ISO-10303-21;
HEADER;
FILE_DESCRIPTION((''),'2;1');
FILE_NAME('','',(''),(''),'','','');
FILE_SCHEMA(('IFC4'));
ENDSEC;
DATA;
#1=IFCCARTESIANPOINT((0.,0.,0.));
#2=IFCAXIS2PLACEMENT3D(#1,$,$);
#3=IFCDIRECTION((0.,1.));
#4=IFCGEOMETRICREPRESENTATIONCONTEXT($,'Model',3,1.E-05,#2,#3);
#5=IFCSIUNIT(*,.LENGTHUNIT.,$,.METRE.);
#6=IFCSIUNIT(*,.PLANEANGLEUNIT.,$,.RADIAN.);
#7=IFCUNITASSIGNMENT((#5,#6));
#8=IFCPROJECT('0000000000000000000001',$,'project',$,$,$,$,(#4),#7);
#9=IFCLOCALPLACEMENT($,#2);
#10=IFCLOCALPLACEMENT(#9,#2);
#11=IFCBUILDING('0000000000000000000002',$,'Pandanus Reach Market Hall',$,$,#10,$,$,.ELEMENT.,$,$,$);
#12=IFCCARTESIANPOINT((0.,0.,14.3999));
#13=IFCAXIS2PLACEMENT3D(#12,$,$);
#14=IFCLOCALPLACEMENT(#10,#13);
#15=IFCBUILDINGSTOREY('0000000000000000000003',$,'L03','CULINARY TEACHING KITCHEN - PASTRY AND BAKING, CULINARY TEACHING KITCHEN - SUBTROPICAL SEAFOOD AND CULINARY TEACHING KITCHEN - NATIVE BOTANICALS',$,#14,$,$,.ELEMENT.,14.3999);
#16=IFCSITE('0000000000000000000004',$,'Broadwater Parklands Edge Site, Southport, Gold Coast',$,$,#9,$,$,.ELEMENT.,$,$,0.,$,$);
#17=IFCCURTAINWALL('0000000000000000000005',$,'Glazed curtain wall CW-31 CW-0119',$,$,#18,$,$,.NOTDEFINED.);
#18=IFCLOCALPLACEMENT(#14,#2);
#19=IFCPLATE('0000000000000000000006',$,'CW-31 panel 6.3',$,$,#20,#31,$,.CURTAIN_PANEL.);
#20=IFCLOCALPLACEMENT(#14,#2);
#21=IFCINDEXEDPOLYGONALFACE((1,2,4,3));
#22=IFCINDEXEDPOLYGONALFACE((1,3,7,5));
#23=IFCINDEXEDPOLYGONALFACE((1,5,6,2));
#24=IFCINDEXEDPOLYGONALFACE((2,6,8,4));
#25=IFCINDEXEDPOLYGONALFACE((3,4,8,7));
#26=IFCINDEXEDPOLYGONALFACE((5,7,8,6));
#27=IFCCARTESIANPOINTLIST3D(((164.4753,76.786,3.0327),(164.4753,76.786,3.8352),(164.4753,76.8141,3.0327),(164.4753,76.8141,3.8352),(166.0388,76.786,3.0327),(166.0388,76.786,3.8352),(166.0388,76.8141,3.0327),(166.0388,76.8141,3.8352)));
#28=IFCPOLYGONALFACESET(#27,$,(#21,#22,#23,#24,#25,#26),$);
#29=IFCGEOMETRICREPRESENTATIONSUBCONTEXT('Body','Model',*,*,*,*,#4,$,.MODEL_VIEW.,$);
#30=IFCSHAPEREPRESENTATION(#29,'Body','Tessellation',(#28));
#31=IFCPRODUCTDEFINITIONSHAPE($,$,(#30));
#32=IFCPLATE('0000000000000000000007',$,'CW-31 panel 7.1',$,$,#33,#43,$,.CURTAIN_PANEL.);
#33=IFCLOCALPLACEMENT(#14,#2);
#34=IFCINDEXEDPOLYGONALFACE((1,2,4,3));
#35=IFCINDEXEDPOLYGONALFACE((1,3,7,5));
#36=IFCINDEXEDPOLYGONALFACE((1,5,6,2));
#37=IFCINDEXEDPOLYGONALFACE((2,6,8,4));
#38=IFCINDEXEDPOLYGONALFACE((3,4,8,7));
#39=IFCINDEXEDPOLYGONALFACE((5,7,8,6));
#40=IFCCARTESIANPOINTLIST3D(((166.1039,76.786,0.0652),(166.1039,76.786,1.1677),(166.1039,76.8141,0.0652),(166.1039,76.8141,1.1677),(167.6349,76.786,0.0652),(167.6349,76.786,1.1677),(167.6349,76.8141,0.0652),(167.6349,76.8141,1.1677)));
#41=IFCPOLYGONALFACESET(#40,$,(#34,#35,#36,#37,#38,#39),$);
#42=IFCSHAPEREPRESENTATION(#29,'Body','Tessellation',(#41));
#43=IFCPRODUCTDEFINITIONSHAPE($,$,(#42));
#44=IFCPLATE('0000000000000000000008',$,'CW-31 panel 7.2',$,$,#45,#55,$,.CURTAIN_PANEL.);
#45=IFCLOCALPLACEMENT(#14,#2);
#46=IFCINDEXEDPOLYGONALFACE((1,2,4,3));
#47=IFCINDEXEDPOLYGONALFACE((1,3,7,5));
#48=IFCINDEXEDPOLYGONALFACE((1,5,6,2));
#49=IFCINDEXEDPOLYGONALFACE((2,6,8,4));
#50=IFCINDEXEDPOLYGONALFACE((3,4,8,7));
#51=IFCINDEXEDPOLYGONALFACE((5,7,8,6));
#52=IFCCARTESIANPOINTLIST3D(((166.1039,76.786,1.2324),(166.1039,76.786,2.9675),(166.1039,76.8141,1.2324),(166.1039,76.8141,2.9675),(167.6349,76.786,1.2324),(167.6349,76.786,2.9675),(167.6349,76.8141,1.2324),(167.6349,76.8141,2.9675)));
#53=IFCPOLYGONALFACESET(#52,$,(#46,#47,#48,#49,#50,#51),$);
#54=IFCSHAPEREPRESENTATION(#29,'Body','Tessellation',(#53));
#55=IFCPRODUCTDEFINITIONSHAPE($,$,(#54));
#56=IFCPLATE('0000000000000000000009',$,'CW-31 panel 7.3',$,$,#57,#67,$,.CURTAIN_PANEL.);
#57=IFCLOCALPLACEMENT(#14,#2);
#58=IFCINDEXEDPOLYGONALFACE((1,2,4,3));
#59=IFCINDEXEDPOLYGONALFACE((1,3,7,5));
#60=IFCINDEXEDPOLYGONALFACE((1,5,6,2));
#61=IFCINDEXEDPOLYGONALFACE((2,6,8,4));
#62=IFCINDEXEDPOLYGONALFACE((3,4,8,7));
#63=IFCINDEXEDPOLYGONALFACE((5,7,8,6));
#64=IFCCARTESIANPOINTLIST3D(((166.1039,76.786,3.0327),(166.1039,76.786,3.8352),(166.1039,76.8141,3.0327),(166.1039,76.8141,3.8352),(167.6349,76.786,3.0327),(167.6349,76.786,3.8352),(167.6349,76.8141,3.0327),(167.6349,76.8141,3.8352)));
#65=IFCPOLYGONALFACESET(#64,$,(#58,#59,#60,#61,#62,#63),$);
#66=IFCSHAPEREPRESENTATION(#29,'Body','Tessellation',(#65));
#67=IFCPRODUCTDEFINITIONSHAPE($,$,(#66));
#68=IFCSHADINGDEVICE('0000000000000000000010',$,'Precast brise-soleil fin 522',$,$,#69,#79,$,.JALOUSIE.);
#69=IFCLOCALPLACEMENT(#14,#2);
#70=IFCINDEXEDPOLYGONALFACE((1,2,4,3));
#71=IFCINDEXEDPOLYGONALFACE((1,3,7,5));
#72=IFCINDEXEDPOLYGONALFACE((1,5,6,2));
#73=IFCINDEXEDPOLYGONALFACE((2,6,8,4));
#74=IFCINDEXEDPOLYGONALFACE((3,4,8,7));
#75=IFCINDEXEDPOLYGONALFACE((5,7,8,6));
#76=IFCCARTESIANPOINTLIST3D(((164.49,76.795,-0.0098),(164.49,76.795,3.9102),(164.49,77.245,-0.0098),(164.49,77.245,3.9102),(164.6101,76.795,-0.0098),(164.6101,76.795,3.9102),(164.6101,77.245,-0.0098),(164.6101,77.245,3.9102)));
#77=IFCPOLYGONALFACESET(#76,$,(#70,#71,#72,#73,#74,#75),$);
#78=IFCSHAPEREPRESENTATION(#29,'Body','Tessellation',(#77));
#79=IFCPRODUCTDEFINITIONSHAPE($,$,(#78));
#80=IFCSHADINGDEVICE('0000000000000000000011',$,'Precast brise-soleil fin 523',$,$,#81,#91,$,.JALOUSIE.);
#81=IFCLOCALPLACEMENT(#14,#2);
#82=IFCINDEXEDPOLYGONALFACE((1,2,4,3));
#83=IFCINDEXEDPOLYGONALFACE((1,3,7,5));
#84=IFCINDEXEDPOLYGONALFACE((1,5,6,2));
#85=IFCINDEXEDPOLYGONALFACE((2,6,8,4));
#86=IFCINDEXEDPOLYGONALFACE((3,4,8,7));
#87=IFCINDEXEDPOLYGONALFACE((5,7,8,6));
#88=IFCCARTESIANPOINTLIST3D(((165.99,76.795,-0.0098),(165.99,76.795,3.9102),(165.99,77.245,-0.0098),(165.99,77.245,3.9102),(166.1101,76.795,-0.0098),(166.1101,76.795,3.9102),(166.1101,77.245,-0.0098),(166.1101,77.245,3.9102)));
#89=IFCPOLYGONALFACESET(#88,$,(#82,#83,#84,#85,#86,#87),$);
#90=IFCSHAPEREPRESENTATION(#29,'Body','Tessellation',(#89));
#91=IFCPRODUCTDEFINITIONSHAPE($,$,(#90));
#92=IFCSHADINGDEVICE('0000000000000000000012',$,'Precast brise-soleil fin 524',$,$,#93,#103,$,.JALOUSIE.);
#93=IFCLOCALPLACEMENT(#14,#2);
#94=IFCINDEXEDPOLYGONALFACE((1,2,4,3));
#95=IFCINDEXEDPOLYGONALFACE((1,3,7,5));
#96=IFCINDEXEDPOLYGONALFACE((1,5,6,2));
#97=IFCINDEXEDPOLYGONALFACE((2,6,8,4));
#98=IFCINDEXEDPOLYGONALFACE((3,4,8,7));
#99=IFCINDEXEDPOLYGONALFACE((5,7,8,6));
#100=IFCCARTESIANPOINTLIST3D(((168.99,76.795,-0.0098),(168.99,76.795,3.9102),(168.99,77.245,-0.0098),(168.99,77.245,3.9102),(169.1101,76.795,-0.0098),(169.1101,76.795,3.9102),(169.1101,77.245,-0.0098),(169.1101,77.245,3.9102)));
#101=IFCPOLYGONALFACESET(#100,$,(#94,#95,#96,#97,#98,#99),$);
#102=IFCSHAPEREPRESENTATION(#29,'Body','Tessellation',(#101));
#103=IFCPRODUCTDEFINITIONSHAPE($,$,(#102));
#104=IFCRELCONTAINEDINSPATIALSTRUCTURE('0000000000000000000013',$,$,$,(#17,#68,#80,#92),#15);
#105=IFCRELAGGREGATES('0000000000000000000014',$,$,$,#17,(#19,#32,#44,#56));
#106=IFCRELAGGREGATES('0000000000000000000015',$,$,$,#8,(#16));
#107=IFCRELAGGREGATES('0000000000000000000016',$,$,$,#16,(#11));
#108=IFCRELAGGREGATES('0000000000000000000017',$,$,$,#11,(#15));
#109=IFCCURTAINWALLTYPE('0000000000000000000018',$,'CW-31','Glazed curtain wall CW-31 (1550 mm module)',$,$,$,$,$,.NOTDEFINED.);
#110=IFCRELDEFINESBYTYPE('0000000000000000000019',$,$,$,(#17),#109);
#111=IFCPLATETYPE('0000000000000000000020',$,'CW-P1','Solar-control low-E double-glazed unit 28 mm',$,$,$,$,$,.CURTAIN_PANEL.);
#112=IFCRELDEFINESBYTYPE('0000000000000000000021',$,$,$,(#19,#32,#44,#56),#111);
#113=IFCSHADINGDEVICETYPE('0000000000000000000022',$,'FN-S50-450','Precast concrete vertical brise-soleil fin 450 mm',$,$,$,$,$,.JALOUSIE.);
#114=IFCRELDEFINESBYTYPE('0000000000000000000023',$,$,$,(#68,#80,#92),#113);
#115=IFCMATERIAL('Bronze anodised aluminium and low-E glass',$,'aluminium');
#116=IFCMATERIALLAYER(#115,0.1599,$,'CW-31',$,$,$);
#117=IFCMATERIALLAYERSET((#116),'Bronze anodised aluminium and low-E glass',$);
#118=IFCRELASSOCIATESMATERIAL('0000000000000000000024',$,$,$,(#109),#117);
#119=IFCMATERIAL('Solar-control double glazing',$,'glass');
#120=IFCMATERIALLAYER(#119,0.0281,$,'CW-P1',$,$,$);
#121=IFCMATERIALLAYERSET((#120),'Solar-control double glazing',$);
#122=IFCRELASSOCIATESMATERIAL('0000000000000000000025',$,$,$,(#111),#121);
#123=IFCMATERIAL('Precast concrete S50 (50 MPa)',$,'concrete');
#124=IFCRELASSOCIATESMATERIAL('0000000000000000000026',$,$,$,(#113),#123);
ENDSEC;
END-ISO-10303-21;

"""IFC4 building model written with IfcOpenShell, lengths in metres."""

from ifc_helpers import new_model, si_unit, direction, frame, origin, origin_2d, place, context, subcontext, project, spatial, rectangle, extrude, material, layer, layer_set, type_object, element, aggregate, save


model = new_model("IFC4")

# Units and contexts
model_context = context("Model", 3, precision=1e-05, world=origin(), true_north=direction((0.0, 1.0)))
body_context = subcontext(model_context, "Body", "Model", "MODEL_VIEW")
ifc_project = project(units=[si_unit("LENGTHUNIT", "METRE"), si_unit("PLANEANGLEUNIT", "RADIAN")], contexts=[model_context])

# Site, building, storey
site_placement = place(None, origin())
site = spatial("IfcSite", under=ifc_project, at=site_placement, Name="Broadwater Parklands Edge Site, Southport, Gold Coast", CompositionType="ELEMENT", RefElevation=0.0)
building_placement = place(site_placement, origin())
building = spatial("IfcBuilding", under=site, at=building_placement, Name="Pandanus Reach Market Hall", CompositionType="ELEMENT")
storey_placement = place(building_placement, frame((0.0, 0.0, 14.3999)))
storey = spatial("IfcBuildingStorey", under=building, at=storey_placement, Name="L03", Description="CULINARY TEACHING KITCHEN - PASTRY AND BAKING, CULINARY TEACHING KITCHEN - SUBTROPICAL SEAFOOD AND CULINARY TEACHING KITCHEN - NATIVE BOTANICALS", CompositionType="ELEMENT", Elevation=14.3999)

# Curtain wall
ifc_material_1 = material(Name="Bronze anodised aluminium and low-E glass", Category="aluminium")
ifc_layer_1 = layer(ifc_material_1, 0.1599, Name="CW-31")
ifc_layer_set_1 = layer_set([ifc_layer_1], Name="Bronze anodised aluminium and low-E glass")
curtain_wall_type = type_object("IfcCurtainWallType", Name="CW-31", Description="Glazed curtain wall CW-31 (1550 mm module)", PredefinedType="NOTDEFINED", material=ifc_layer_set_1)
curtain_wall_1_placement = place(storey_placement, origin())
curtain_wall_1 = element("IfcCurtainWall", 1, at=curtain_wall_1_placement, inside=storey, type_object=curtain_wall_type, Name="Glazed curtain wall CW-31 CW-0119", PredefinedType="NOTDEFINED")

# Plates
ifc_material_2 = material(Name="Solar-control double glazing", Category="glass")
ifc_layer_2 = layer(ifc_material_2, 0.0281, Name="CW-P1")
ifc_layer_set_2 = layer_set([ifc_layer_2], Name="Solar-control double glazing")
plate_type = type_object("IfcPlateType", Name="CW-P1", Description="Solar-control low-E double-glazed unit 28 mm", PredefinedType="CURTAIN_PANEL", material=ifc_layer_set_2)
plate_1_placement = place(storey_placement, frame((165.2571, 76.8, 3.0327), z_axis=(0.0, 0.0, 1.0), x_axis=(1.0, 0.0, 0.0)))
plate_1 = element("IfcPlate", 2, at=plate_1_placement, type_object=plate_type, Name="CW-31 panel 6.3", PredefinedType="CURTAIN_PANEL", context=body_context, shape_type="SweptSolid", body=[
    extrude(rectangle(XDim=1.5635, YDim=0.0281, at=origin_2d()), origin(), (0.0, 0.0, 1.0), 0.8025),
])
plate_2_placement = place(storey_placement, frame((166.8694, 76.8, 0.0652), z_axis=(0.0, 0.0, 1.0), x_axis=(1.0, 0.0, 0.0)))
plate_2 = element("IfcPlate", 3, at=plate_2_placement, type_object=plate_type, Name="CW-31 panel 7.1", PredefinedType="CURTAIN_PANEL", context=body_context, shape_type="SweptSolid", body=[
    extrude(rectangle(XDim=1.531, YDim=0.0281, at=origin_2d()), origin(), (0.0, 0.0, 1.0), 1.1025),
])
plate_3_placement = place(storey_placement, frame((166.8694, 76.8, 1.2324), z_axis=(0.0, 0.0, 1.0), x_axis=(1.0, 0.0, 0.0)))
plate_3 = element("IfcPlate", 4, at=plate_3_placement, type_object=plate_type, Name="CW-31 panel 7.2", PredefinedType="CURTAIN_PANEL", context=body_context, shape_type="SweptSolid", body=[
    extrude(rectangle(XDim=1.531, YDim=0.0281, at=origin_2d()), origin(), (0.0, 0.0, 1.0), 1.7351),
])
plate_4_placement = place(storey_placement, frame((166.8694, 76.8, 3.0327), z_axis=(0.0, 0.0, 1.0), x_axis=(1.0, 0.0, 0.0)))
plate_4 = element("IfcPlate", 5, at=plate_4_placement, type_object=plate_type, Name="CW-31 panel 7.3", PredefinedType="CURTAIN_PANEL", context=body_context, shape_type="SweptSolid", body=[
    extrude(rectangle(XDim=1.531, YDim=0.0281, at=origin_2d()), origin(), (0.0, 0.0, 1.0), 0.8025),
])
aggregate(curtain_wall_1, [plate_1, plate_2, plate_3, plate_4])

# Shading devices
ifc_material_3 = material(Name="Precast concrete S50 (50 MPa)", Category="concrete")
shading_device_type = type_object("IfcShadingDeviceType", Name="FN-S50-450", Description="Precast concrete vertical brise-soleil fin 450 mm", PredefinedType="JALOUSIE", material=ifc_material_3)
for number, where, z_axis, x_axis, name in (
    (6, (164.55, 77.02, -0.0098), (0.0, 0.0, 1.0), (0.0, 1.0, 0.0), "Precast brise-soleil fin 522"),
    (7, (166.05, 77.02, -0.0098), (0.0, 0.0, 1.0), (0.0, 1.0, 0.0), "Precast brise-soleil fin 523"),
    (8, (169.05, 77.02, -0.0098), (0.0, 0.0, 1.0), (0.0, 1.0, 0.0), "Precast brise-soleil fin 524"),
):
    element("IfcShadingDevice", number, at=place(storey_placement, frame(where, z_axis=z_axis, x_axis=x_axis)), inside=storey, type_object=shading_device_type, Name=name, PredefinedType="JALOUSIE", context=body_context, shape_type="SweptSolid", body=[
        extrude(rectangle(XDim=0.45, YDim=0.1201, at=origin_2d()), origin(), (0.0, 0.0, 1.0), 3.9199),
    ])

save(model, "model.ifc")
